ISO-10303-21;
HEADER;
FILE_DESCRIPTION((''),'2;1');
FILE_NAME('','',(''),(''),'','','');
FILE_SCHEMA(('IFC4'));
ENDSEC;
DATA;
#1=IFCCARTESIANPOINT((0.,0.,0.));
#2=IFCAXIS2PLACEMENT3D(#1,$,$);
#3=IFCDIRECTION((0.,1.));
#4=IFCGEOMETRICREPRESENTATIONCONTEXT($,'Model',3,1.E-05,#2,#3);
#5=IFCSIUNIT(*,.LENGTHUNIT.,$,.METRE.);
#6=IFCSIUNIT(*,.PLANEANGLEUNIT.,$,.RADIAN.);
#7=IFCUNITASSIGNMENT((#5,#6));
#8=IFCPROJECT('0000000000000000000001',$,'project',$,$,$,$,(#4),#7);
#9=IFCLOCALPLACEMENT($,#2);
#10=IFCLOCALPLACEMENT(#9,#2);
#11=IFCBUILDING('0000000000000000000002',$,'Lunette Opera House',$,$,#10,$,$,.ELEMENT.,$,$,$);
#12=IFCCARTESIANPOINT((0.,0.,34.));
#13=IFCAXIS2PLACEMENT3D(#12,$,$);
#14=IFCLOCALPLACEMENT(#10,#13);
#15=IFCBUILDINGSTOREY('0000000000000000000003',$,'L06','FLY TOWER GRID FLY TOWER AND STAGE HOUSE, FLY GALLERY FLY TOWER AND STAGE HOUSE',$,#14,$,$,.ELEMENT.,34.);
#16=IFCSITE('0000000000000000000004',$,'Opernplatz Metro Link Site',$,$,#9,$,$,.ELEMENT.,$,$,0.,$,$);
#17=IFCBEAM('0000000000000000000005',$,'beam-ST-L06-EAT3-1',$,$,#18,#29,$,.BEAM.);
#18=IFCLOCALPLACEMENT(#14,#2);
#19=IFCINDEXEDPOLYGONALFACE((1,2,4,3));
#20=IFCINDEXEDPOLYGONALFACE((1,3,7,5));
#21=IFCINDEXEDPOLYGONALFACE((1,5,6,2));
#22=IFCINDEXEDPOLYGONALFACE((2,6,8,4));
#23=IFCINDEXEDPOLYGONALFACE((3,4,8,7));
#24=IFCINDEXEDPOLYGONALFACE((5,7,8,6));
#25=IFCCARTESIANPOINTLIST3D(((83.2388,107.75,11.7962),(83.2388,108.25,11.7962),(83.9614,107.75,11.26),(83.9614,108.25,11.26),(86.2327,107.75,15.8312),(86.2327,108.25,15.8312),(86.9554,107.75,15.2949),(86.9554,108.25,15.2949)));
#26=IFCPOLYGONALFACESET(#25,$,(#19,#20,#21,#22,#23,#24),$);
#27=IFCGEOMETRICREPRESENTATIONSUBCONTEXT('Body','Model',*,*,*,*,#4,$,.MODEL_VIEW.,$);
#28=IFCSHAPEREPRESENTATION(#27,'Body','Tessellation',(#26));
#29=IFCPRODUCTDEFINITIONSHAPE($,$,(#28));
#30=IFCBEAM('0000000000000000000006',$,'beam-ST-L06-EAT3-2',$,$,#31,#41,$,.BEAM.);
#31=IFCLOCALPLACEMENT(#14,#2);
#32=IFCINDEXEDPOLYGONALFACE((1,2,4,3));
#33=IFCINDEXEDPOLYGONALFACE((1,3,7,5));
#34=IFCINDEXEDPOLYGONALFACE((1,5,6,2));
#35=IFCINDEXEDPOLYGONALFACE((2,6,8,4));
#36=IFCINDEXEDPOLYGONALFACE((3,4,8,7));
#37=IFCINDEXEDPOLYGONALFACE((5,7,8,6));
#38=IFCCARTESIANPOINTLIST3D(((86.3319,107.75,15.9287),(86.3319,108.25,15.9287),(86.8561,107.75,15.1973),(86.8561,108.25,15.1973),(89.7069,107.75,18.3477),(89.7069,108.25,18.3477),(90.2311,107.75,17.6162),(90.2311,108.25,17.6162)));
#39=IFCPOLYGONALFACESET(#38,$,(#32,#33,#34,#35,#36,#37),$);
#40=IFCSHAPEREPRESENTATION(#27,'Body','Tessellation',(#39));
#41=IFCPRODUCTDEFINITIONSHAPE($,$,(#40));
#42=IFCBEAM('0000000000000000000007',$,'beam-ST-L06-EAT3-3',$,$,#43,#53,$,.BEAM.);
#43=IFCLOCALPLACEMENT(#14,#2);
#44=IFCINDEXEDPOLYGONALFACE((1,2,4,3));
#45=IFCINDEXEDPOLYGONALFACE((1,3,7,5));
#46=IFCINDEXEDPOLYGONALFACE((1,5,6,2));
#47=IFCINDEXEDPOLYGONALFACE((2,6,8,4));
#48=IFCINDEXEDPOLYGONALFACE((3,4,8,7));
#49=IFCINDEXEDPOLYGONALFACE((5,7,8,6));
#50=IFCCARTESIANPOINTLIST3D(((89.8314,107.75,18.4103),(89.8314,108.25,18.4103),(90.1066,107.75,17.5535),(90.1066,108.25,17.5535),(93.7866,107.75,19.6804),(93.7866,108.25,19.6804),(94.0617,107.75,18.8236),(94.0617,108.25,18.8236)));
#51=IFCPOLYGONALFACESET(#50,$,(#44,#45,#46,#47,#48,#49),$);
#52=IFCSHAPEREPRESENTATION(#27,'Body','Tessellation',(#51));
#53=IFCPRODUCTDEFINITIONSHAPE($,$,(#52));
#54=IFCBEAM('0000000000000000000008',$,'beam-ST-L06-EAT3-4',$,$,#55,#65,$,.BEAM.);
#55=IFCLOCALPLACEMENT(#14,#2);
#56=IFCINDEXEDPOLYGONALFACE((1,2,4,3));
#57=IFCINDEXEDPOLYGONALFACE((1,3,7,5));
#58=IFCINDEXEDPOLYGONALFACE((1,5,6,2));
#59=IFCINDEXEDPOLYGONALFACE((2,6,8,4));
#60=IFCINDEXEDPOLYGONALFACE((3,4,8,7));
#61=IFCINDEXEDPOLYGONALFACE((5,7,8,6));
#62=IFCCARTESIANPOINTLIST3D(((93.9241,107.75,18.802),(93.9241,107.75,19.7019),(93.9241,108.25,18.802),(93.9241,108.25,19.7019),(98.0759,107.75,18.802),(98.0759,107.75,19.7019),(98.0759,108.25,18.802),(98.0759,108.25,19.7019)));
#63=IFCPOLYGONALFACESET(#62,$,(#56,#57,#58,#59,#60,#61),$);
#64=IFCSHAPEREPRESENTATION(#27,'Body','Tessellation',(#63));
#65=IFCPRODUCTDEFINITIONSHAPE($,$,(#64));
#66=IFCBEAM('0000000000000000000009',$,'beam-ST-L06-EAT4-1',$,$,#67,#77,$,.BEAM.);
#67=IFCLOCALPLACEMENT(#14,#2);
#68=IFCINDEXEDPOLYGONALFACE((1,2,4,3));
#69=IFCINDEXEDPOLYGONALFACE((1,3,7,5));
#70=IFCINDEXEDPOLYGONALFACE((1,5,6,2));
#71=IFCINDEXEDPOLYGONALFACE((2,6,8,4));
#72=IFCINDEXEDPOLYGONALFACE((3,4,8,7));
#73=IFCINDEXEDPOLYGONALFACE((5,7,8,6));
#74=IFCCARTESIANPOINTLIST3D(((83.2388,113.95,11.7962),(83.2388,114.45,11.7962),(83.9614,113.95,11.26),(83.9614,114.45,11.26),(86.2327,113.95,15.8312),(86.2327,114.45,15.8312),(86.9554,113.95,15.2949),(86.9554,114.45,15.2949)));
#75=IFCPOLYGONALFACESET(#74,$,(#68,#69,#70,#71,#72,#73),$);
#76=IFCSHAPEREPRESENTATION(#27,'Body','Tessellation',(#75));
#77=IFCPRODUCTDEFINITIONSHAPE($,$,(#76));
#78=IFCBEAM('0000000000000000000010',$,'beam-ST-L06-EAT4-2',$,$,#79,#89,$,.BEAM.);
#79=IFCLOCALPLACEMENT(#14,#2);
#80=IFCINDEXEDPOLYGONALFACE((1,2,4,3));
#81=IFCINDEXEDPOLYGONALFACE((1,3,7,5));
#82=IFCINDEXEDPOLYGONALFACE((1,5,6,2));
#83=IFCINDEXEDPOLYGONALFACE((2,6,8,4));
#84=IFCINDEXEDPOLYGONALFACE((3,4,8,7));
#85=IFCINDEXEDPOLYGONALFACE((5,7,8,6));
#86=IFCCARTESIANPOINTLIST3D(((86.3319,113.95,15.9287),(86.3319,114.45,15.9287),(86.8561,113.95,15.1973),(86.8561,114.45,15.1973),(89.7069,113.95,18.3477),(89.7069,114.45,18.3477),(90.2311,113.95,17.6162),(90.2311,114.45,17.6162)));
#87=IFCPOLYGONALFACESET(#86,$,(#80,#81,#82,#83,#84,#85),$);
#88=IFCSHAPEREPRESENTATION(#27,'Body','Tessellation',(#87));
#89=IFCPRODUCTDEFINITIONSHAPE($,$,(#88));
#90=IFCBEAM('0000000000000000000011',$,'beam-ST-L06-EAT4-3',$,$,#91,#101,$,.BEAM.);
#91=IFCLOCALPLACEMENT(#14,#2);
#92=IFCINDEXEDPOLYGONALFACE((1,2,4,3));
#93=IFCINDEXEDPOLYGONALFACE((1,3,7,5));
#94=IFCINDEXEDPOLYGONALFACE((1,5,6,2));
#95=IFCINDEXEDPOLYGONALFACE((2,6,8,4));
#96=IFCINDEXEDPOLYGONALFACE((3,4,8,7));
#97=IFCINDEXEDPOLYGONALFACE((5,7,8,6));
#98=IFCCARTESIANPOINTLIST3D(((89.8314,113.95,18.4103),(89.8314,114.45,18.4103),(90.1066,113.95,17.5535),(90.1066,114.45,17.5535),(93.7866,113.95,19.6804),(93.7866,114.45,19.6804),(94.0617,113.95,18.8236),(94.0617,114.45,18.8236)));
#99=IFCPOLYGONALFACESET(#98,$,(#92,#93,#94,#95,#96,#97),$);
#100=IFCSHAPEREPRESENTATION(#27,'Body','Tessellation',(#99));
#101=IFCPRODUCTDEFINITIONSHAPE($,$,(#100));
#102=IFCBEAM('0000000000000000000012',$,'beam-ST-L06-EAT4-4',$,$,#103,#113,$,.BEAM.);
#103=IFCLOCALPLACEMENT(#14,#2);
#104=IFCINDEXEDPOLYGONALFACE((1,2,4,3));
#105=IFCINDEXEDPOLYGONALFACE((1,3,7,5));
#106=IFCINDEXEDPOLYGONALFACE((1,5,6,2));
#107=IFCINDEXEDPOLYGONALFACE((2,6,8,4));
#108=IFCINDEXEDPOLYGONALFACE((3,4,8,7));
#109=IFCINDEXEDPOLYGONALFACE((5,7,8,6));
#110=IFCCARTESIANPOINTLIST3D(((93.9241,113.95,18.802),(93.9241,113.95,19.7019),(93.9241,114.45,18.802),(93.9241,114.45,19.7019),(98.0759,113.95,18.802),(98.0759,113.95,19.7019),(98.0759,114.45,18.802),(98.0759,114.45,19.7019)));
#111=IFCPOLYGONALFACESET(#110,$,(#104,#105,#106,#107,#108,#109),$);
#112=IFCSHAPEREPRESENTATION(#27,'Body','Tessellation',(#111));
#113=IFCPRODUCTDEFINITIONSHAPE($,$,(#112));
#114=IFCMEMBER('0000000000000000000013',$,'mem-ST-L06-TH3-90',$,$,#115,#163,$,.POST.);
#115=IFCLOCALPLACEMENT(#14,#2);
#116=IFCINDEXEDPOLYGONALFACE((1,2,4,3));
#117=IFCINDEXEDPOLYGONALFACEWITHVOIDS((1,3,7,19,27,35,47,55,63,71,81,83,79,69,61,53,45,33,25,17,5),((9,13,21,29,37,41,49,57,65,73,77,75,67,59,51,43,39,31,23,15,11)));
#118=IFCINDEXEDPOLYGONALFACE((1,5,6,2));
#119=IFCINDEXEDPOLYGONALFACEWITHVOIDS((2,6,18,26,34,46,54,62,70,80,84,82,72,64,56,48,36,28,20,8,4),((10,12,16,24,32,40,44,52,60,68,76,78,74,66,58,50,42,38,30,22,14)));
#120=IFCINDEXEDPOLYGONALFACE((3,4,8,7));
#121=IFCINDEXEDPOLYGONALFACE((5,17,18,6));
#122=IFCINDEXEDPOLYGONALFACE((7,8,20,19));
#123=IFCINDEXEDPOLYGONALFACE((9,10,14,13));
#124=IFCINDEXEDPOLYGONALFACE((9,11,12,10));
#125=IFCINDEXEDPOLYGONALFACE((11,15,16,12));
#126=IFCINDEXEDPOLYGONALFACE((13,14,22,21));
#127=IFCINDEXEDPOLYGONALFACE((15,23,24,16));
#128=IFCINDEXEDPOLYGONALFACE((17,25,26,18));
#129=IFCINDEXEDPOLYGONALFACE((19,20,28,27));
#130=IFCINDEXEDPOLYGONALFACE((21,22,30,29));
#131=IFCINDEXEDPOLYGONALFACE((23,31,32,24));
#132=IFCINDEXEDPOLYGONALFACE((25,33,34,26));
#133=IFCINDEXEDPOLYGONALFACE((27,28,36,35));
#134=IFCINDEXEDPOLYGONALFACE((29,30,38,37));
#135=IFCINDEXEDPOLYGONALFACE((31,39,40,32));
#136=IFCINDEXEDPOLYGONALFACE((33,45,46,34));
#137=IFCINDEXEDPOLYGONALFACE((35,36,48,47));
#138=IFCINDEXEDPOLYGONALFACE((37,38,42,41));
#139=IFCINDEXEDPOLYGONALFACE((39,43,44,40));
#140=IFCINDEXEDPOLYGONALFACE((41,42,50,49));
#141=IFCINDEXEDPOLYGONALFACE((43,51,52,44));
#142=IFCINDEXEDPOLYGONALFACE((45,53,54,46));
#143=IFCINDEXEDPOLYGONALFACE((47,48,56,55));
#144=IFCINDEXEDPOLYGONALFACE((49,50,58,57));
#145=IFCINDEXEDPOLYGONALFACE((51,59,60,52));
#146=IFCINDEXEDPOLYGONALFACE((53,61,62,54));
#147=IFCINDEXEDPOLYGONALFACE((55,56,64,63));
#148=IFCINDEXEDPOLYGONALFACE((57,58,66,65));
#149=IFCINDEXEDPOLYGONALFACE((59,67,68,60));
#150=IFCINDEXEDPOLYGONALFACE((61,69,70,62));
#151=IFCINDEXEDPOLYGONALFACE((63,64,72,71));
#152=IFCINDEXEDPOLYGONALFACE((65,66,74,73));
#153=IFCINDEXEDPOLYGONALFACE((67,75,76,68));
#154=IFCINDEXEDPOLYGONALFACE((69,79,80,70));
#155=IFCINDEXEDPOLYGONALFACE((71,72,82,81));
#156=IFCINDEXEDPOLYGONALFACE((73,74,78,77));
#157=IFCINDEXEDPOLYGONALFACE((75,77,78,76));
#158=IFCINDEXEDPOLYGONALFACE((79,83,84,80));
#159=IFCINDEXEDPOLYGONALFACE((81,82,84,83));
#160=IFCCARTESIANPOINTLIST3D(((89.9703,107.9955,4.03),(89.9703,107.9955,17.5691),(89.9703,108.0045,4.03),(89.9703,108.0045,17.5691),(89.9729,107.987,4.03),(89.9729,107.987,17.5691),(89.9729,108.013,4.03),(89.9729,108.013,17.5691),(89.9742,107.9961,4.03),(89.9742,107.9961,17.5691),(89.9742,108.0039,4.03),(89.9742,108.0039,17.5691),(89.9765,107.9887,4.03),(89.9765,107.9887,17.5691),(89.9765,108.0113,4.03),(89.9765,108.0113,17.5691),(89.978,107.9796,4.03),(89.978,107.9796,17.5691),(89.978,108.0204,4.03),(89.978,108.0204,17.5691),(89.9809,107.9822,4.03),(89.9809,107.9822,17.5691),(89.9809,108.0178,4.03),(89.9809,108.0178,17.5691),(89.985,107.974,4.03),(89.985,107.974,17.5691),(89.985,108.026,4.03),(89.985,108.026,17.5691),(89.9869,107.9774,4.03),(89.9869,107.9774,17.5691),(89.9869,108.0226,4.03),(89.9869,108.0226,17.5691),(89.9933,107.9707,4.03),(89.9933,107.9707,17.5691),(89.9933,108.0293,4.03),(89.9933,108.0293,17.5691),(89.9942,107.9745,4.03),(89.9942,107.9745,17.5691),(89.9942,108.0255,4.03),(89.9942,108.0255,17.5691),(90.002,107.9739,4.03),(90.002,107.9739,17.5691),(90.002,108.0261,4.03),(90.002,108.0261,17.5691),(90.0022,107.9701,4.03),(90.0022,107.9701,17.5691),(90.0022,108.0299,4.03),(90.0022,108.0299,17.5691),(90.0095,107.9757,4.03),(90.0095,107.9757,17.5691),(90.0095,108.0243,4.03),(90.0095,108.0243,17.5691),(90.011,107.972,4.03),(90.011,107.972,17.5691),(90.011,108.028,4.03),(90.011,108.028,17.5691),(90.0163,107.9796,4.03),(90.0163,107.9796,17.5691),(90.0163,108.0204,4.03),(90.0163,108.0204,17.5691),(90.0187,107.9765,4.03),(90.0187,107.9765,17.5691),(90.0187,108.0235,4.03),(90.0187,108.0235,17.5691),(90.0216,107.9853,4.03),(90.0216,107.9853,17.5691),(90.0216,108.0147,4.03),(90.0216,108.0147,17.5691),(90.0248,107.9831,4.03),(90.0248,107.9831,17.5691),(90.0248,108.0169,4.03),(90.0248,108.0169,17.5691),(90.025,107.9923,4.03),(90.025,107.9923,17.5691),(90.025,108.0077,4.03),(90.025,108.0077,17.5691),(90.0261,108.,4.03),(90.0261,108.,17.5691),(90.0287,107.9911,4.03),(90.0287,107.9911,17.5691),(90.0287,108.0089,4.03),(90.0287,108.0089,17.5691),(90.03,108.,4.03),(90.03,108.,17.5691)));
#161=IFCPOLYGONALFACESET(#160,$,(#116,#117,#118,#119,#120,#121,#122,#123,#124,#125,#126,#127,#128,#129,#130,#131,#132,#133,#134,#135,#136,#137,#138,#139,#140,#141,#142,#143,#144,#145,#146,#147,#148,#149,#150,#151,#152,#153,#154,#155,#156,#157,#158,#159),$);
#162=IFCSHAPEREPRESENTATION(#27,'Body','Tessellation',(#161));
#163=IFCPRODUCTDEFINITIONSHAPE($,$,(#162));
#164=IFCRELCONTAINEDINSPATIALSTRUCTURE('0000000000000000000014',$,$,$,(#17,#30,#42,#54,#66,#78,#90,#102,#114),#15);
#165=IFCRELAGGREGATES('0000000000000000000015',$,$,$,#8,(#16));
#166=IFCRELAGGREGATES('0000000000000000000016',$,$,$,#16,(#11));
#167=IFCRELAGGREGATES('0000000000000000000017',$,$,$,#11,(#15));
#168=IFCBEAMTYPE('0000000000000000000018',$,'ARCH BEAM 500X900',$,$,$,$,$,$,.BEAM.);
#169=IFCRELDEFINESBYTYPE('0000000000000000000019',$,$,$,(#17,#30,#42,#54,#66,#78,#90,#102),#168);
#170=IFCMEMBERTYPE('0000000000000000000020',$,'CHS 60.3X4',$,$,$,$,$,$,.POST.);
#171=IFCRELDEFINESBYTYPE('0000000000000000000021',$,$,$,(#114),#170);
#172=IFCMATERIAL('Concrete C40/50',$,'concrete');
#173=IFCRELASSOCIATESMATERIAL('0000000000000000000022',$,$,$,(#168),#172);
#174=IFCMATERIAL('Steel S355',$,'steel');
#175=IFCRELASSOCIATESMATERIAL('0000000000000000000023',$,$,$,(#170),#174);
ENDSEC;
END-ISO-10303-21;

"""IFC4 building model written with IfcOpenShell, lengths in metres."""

from ifc_helpers import new_model, si_unit, direction, frame, origin, origin_2d, place, context, subcontext, project, spatial, rectangle, hollow_circle, extrude, material, material_profile, profile_set, type_object, element, save


model = new_model("IFC4")

# Units and contexts
model_context = context("Model", 3, precision=1e-05, world=origin(), true_north=direction((0.0, 1.0)))
body_context = subcontext(model_context, "Body", "Model", "MODEL_VIEW")
ifc_project = project(units=[si_unit("LENGTHUNIT", "METRE"), si_unit("PLANEANGLEUNIT", "RADIAN")], contexts=[model_context])

# Site, building, storey
site_placement = place(None, origin())
site = spatial("IfcSite", under=ifc_project, at=site_placement, Name="Opernplatz Metro Link Site", CompositionType="ELEMENT", RefElevation=0.0)
building_placement = place(site_placement, origin())
building = spatial("IfcBuilding", under=site, at=building_placement, Name="Lunette Opera House", CompositionType="ELEMENT")
storey_placement = place(building_placement, frame((0.0, 0.0, 34.0)))
storey = spatial("IfcBuildingStorey", under=building, at=storey_placement, Name="L06", Description="FLY TOWER GRID FLY TOWER AND STAGE HOUSE, FLY GALLERY FLY TOWER AND STAGE HOUSE", CompositionType="ELEMENT", Elevation=34.0)

# Beams
ifc_material_1 = material(Name="Concrete C40/50", Category="concrete")
ifc_material_profile_1 = material_profile(ifc_material_1, rectangle(XDim=0.5, YDim=0.8999, at=origin_2d()), Name="ARCH BEAM 500X900")
ifc_profile_set_1 = profile_set([ifc_material_profile_1], Name="Concrete C40/50")
beam_type = type_object("IfcBeamType", Name="ARCH BEAM 500X900", PredefinedType="BEAM", material=ifc_profile_set_1)
beam_1_placement = place(storey_placement, frame((83.6001, 108.0, 11.5281), z_axis=(0.595879, 0.0, 0.803074), x_axis=(0.0, 1.0, 0.0)))
element("IfcBeam", 1, at=beam_1_placement, inside=storey, type_object=beam_type, Name="beam-ST-L06-EAT3-1", PredefinedType="BEAM", context=body_context, shape_type="SweptSolid", body=[
    extrude(rectangle(XDim=0.5, YDim=0.8999, at=origin_2d()), origin(), (0.0, 0.0, 1.0), 5.0244),
])
beam_2_placement = place(storey_placement, frame((86.594, 108.0, 15.563), z_axis=(0.812795, 0.0, 0.58255), x_axis=(0.0, 1.0, 0.0)))
element("IfcBeam", 2, at=beam_2_placement, inside=storey, type_object=beam_type, Name="beam-ST-L06-EAT3-2", PredefinedType="BEAM", context=body_context, shape_type="SweptSolid", body=[
    extrude(rectangle(XDim=0.5, YDim=0.8999, at=origin_2d()), origin(), (0.0, 0.0, 1.0), 4.1523),
])
beam_3_placement = place(storey_placement, frame((89.969, 108.0, 17.9819), z_axis=(0.952117, 0.0, 0.305735), x_axis=(0.0, 1.0, 0.0)))
element("IfcBeam", 3, at=beam_3_placement, inside=storey, type_object=beam_type, Name="beam-ST-L06-EAT3-3", PredefinedType="BEAM", context=body_context, shape_type="SweptSolid", body=[
    extrude(rectangle(XDim=0.5, YDim=0.8999, at=origin_2d()), origin(), (0.0, 0.0, 1.0), 4.1541),
])
beam_4_placement = place(storey_placement, frame((93.9241, 108.0, 19.252), z_axis=(1.0, 0.0, 0.0), x_axis=(0.0, 1.0, 0.0)))
element("IfcBeam", 4, at=beam_4_placement, inside=storey, type_object=beam_type, Name="beam-ST-L06-EAT3-4", PredefinedType="BEAM", context=body_context, shape_type="SweptSolid", body=[
    extrude(rectangle(XDim=0.5, YDim=0.8999, at=origin_2d()), origin(), (0.0, 0.0, 1.0), 4.1519),
])
beam_5_placement = place(storey_placement, frame((83.6001, 114.2, 11.5281), z_axis=(0.595879, 0.0, 0.803074), x_axis=(0.0, 1.0, 0.0)))
element("IfcBeam", 5, at=beam_5_placement, inside=storey, type_object=beam_type, Name="beam-ST-L06-EAT4-1", PredefinedType="BEAM", context=body_context, shape_type="SweptSolid", body=[
    extrude(rectangle(XDim=0.5, YDim=0.8999, at=origin_2d()), origin(), (0.0, 0.0, 1.0), 5.0244),
])
beam_6_placement = place(storey_placement, frame((86.594, 114.2, 15.563), z_axis=(0.812795, 0.0, 0.58255), x_axis=(0.0, 1.0, 0.0)))
element("IfcBeam", 6, at=beam_6_placement, inside=storey, type_object=beam_type, Name="beam-ST-L06-EAT4-2", PredefinedType="BEAM", context=body_context, shape_type="SweptSolid", body=[
    extrude(rectangle(XDim=0.5, YDim=0.8999, at=origin_2d()), origin(), (0.0, 0.0, 1.0), 4.1523),
])
beam_7_placement = place(storey_placement, frame((89.969, 114.2, 17.9819), z_axis=(0.952117, 0.0, 0.305735), x_axis=(0.0, 1.0, 0.0)))
element("IfcBeam", 7, at=beam_7_placement, inside=storey, type_object=beam_type, Name="beam-ST-L06-EAT4-3", PredefinedType="BEAM", context=body_context, shape_type="SweptSolid", body=[
    extrude(rectangle(XDim=0.5, YDim=0.8999, at=origin_2d()), origin(), (0.0, 0.0, 1.0), 4.1541),
])
beam_8_placement = place(storey_placement, frame((93.9241, 114.2, 19.252), z_axis=(1.0, 0.0, 0.0), x_axis=(0.0, 1.0, 0.0)))
element("IfcBeam", 8, at=beam_8_placement, inside=storey, type_object=beam_type, Name="beam-ST-L06-EAT4-4", PredefinedType="BEAM", context=body_context, shape_type="SweptSolid", body=[
    extrude(rectangle(XDim=0.5, YDim=0.8999, at=origin_2d()), origin(), (0.0, 0.0, 1.0), 4.1519),
])

# Member
ifc_material_2 = material(Name="Steel S355", Category="steel")
ifc_material_profile_2 = material_profile(ifc_material_2, hollow_circle(Radius=0.03, WallThickness=0.0039, at=origin_2d()), Name="CHS 60.3X4")
ifc_profile_set_2 = profile_set([ifc_material_profile_2], Name="Steel S355")
member_type_1 = type_object("IfcMemberType", Name="CHS 60.3X4", PredefinedType="POST", material=ifc_profile_set_2)
for number, where, z_axis, x_axis, name in (
    (9, (90.0, 108.0, 4.03), (0.0, 0.0, 1.0), (1.0, 0.0, 0.0), "mem-ST-L06-TH3-90"),
):
    element("IfcMember", number, at=place(storey_placement, frame(where, z_axis=z_axis, x_axis=x_axis)), inside=storey, type_object=member_type_1, Name=name, PredefinedType="POST", context=body_context, shape_type="SweptSolid", body=[
        extrude(hollow_circle(Radius=0.03, WallThickness=0.0039, at=origin_2d()), origin(), (0.0, 0.0, 1.0), 13.5391),
    ])

save(model, "model.ifc")
